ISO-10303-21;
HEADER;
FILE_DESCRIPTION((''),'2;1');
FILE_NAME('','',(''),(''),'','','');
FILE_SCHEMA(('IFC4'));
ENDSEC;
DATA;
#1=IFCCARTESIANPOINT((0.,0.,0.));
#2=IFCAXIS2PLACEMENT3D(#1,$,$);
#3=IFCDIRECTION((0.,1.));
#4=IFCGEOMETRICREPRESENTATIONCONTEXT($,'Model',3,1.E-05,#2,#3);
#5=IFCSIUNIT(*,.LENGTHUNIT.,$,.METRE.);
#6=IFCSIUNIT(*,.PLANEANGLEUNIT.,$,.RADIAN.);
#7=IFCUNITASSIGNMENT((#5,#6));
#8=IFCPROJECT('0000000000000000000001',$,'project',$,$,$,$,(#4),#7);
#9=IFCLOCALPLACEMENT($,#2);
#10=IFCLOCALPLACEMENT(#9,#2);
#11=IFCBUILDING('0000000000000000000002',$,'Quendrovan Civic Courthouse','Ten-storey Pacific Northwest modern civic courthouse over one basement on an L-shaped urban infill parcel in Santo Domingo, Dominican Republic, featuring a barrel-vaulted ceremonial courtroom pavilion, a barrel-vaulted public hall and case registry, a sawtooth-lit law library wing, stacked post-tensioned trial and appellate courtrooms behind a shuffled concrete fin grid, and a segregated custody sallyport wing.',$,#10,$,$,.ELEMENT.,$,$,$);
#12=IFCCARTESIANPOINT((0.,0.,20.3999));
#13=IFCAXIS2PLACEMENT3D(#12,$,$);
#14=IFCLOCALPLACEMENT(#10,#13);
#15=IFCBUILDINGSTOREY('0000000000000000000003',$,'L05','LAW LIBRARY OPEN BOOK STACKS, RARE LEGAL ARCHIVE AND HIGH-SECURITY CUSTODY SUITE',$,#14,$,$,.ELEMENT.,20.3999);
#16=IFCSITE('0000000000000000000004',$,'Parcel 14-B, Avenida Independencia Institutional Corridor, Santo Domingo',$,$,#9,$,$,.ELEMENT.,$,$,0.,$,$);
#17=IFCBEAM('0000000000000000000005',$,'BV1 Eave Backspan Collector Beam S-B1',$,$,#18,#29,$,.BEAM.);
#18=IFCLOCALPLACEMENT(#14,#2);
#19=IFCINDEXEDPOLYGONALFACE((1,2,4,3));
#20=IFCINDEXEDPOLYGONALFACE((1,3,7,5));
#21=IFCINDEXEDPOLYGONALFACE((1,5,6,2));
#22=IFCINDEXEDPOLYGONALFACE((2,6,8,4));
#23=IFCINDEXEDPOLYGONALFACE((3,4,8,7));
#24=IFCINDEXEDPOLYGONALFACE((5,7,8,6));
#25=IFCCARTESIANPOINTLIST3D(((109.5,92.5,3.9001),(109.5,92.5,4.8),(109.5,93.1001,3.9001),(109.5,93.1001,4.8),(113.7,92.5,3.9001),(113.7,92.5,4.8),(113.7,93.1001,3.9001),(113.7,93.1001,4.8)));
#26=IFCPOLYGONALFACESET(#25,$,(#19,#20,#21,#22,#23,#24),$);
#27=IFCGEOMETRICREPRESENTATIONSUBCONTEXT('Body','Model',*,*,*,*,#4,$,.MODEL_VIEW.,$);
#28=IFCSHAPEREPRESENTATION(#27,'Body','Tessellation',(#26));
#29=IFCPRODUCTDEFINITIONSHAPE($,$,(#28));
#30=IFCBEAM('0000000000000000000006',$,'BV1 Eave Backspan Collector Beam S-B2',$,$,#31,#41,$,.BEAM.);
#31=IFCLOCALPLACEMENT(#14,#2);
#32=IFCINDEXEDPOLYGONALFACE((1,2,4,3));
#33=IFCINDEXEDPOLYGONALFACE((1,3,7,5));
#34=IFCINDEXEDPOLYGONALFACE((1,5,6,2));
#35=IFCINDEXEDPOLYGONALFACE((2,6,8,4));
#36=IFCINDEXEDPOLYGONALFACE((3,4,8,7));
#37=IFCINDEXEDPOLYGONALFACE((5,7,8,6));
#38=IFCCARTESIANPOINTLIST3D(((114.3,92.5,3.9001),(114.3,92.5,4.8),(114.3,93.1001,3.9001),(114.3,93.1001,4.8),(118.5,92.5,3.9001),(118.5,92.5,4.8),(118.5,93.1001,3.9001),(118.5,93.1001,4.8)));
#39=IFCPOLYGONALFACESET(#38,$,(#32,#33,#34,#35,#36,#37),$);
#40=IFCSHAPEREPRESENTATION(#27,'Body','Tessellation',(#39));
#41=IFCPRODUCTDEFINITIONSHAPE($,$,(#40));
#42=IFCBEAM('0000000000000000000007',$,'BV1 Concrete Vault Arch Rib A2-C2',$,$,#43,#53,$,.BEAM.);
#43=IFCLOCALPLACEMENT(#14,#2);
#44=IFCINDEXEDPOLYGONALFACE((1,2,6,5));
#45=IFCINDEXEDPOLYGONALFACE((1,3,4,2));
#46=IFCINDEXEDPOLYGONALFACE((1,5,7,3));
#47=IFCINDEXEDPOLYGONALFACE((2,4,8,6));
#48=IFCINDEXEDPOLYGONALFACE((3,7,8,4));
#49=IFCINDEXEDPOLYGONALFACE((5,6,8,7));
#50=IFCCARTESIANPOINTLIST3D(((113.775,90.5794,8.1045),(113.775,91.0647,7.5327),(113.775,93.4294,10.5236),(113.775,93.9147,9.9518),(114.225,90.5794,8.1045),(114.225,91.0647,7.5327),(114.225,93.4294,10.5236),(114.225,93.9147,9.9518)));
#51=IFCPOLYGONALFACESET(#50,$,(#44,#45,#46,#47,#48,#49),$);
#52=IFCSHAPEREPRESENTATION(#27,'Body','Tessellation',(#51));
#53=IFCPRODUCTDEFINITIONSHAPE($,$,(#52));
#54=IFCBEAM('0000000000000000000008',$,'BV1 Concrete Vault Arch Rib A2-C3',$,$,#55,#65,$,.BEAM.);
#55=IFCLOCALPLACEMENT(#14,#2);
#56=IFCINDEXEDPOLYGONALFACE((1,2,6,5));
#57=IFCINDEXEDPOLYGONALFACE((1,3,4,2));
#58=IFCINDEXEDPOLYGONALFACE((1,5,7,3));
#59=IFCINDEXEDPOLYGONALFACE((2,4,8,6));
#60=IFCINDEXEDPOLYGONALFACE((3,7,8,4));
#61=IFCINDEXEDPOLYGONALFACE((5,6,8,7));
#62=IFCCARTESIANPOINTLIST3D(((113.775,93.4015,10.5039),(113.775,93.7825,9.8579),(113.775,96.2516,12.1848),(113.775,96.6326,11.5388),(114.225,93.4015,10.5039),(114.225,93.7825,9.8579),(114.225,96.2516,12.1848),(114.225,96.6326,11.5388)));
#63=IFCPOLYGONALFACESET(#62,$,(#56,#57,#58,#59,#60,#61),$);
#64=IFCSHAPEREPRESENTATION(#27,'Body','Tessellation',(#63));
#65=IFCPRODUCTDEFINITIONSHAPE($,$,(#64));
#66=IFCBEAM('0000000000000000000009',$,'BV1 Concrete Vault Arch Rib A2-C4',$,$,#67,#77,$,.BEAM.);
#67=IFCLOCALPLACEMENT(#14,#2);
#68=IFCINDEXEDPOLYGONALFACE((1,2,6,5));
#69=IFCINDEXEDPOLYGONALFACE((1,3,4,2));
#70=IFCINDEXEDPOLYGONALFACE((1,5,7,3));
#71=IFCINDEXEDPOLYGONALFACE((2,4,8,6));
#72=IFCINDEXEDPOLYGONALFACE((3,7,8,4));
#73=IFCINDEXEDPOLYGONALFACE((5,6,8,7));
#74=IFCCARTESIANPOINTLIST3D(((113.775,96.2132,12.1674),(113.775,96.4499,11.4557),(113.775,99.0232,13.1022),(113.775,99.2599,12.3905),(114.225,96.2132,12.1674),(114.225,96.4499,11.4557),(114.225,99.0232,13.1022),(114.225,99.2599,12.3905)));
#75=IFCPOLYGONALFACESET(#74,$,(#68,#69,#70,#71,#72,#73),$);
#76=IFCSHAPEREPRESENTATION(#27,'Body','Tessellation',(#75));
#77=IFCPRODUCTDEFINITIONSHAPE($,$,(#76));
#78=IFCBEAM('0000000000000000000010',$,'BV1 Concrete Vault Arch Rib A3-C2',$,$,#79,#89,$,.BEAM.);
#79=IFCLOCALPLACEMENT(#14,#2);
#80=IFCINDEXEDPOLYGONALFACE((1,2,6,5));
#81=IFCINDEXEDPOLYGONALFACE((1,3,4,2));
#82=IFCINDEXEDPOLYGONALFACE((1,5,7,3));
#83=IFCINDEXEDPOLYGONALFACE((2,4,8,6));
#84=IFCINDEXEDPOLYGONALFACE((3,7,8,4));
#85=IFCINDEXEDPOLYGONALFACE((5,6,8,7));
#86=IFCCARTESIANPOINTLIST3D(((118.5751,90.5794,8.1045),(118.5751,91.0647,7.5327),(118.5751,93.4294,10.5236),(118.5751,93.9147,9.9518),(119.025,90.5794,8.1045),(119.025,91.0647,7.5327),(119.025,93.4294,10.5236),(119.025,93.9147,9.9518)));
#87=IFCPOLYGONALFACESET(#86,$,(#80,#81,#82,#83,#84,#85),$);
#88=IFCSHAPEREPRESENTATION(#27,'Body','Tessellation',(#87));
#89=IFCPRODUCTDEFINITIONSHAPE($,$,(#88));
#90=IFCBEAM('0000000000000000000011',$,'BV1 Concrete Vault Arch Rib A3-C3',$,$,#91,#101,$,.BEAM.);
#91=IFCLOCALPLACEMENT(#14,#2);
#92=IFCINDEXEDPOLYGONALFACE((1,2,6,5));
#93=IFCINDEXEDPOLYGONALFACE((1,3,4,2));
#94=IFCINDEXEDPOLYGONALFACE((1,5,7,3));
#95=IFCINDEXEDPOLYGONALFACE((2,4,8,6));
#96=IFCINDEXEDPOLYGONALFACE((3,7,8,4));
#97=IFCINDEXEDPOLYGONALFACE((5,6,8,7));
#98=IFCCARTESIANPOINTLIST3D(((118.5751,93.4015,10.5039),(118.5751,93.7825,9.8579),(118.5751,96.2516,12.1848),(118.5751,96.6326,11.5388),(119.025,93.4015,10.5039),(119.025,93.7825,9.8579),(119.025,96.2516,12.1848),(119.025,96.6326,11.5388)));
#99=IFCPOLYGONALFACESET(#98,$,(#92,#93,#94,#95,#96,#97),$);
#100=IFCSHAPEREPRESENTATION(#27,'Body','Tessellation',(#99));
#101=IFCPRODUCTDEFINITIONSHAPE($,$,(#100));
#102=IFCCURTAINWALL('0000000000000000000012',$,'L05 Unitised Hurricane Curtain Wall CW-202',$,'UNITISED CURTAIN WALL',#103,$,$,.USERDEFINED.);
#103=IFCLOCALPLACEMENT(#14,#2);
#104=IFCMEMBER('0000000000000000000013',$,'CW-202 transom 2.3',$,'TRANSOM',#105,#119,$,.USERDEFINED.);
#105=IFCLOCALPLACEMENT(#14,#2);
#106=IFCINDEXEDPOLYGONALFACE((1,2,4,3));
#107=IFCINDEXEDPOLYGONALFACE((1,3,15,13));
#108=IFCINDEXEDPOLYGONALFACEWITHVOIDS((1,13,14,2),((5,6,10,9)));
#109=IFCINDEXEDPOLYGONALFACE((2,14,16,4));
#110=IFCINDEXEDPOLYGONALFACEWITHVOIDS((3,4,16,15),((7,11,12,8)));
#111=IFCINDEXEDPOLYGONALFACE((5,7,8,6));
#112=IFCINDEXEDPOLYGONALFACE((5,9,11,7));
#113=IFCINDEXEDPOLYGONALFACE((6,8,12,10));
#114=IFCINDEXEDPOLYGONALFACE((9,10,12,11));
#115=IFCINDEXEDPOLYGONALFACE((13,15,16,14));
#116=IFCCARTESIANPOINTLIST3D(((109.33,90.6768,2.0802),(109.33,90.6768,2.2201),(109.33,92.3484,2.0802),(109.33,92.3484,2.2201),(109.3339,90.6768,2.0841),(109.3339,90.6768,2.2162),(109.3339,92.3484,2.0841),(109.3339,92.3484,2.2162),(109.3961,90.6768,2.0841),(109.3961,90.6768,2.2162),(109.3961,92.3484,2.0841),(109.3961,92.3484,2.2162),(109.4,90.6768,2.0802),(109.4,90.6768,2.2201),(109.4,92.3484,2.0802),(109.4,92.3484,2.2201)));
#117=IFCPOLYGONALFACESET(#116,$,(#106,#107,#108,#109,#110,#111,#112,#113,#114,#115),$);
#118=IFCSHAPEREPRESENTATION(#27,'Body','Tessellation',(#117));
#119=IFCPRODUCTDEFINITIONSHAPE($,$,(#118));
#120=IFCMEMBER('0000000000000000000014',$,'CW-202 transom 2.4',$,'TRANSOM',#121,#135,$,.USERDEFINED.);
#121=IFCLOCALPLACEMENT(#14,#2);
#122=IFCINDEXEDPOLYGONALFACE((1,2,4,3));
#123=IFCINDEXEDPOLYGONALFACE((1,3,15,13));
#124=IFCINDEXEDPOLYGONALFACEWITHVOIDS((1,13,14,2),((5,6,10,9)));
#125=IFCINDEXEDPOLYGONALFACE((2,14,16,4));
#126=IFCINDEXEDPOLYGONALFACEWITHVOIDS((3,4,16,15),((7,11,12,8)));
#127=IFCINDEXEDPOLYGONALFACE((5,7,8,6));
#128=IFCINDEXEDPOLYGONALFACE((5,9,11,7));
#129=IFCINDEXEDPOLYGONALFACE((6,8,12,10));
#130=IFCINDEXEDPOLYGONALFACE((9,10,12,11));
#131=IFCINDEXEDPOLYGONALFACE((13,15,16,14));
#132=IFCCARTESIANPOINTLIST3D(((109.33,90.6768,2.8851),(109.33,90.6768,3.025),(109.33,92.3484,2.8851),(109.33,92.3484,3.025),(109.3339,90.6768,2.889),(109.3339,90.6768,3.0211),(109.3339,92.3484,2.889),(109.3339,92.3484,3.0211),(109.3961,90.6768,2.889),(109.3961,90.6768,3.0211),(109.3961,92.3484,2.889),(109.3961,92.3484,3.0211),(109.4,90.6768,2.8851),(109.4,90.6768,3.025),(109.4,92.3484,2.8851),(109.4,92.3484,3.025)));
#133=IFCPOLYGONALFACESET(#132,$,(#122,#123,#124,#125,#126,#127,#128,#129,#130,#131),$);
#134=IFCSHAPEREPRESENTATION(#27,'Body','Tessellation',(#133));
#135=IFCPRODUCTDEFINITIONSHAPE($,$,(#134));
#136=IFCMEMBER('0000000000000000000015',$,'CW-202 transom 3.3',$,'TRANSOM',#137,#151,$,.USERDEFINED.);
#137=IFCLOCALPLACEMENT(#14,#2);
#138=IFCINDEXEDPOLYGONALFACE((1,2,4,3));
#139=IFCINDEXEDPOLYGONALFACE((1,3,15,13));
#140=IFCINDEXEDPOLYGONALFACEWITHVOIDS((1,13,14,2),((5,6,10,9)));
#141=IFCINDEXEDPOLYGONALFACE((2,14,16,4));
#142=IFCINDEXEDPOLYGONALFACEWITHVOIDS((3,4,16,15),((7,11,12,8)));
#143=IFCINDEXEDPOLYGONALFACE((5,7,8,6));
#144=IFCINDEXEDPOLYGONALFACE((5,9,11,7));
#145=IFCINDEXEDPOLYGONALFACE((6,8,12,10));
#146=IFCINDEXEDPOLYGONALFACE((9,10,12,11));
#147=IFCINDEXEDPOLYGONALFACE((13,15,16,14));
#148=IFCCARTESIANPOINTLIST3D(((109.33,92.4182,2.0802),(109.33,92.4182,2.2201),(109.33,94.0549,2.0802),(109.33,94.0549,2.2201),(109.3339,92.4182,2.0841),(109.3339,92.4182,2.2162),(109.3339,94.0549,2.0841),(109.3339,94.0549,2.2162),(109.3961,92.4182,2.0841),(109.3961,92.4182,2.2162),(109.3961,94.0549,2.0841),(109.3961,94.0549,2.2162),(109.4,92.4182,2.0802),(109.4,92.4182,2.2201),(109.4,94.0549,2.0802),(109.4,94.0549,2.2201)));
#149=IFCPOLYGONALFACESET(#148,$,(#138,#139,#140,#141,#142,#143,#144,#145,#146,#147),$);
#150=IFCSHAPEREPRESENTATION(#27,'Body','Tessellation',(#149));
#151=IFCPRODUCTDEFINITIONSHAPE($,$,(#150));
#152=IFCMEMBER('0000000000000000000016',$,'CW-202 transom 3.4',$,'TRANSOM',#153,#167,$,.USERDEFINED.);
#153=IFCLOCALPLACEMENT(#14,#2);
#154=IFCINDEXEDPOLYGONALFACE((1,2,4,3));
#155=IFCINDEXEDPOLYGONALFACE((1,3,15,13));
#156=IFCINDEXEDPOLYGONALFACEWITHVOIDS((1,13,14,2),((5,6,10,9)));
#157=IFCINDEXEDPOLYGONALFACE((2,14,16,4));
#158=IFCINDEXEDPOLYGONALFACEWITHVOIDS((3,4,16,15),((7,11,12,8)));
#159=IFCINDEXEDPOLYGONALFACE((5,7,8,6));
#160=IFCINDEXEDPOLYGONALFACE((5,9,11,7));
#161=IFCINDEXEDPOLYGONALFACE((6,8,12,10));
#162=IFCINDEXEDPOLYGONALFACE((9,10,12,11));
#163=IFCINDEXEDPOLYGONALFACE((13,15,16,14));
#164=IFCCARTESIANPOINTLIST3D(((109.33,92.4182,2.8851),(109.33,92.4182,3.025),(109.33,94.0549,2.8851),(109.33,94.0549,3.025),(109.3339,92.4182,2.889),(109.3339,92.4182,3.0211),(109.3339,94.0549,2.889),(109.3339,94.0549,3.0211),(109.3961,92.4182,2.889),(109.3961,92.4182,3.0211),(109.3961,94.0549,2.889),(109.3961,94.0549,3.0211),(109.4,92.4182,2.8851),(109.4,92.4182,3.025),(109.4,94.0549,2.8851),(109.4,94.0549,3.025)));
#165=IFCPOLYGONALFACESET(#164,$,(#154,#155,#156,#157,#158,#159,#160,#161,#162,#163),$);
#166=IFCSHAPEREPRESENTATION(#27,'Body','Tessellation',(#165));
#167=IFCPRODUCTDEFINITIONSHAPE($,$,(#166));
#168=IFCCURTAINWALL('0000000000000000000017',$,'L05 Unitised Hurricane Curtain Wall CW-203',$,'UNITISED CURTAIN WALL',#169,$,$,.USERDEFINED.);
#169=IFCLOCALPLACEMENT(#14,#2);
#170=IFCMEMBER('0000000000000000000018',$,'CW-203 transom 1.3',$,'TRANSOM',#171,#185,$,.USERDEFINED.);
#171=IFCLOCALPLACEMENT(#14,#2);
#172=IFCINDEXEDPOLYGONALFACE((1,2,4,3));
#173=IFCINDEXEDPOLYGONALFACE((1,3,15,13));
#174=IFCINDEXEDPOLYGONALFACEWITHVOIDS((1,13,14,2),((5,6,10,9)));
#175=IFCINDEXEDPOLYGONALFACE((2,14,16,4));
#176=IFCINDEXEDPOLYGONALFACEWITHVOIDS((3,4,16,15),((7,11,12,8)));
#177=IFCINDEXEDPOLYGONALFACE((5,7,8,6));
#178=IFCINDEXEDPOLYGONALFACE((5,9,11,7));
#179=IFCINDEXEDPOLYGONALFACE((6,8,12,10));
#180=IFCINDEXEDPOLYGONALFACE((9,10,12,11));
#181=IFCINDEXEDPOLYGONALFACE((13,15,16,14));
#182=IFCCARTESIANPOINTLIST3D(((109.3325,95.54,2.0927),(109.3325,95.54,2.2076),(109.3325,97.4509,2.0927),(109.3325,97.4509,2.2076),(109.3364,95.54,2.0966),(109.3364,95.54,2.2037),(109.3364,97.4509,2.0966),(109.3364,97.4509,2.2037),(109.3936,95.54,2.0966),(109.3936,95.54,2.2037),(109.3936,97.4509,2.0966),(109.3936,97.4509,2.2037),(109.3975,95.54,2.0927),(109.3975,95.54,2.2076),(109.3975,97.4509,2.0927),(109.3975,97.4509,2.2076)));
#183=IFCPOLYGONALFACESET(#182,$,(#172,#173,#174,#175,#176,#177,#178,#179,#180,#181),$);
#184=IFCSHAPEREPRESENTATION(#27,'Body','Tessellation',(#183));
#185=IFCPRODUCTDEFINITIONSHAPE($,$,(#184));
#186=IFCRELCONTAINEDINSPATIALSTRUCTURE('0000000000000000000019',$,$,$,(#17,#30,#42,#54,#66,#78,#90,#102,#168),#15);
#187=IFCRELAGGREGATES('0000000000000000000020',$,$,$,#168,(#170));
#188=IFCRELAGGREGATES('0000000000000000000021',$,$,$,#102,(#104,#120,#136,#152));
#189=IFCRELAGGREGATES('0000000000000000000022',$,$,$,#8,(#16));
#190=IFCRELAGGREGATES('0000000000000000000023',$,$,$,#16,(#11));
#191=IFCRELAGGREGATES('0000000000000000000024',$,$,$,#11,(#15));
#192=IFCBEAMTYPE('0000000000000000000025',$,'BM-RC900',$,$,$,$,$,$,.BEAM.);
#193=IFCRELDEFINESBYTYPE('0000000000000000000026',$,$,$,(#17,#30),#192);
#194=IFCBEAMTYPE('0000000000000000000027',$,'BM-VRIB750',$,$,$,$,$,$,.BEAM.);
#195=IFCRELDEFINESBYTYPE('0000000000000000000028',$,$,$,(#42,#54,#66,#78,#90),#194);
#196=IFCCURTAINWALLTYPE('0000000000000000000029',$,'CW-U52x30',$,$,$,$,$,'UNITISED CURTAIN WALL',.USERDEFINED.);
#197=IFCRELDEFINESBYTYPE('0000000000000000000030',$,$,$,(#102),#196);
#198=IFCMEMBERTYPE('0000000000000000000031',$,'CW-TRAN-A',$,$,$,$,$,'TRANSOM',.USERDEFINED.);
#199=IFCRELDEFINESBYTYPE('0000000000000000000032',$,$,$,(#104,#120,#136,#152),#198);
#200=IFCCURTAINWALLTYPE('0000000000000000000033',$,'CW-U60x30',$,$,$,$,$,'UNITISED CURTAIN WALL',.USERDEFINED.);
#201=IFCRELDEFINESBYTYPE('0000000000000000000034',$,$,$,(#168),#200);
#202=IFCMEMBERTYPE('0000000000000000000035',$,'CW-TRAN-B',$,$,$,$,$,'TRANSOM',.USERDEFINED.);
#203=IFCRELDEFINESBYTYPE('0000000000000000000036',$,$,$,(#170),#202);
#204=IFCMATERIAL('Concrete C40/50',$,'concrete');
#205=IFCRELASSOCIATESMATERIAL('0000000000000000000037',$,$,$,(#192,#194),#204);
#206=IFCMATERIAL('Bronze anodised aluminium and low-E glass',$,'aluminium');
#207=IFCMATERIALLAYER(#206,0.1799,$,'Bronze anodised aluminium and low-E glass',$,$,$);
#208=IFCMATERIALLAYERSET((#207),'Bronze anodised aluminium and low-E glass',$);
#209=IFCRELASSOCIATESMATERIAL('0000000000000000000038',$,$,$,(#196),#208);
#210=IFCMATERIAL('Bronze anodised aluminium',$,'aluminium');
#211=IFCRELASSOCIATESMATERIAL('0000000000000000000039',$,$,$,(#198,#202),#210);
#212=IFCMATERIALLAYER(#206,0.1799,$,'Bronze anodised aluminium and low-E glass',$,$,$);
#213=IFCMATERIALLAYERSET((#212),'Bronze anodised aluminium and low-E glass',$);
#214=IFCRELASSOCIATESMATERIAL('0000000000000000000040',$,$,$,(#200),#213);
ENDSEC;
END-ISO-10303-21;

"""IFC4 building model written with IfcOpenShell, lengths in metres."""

from ifc_helpers import new_model, si_unit, direction, frame, origin, origin_2d, place, context, subcontext, project, spatial, rectangle, hollow_rectangle, extrude, material, layer, layer_set, material_profile, profile_set, type_object, element, aggregate, save


model = new_model("IFC4")

# Units and contexts
model_context = context("Model", 3, precision=1e-05, world=origin(), true_north=direction((0.0, 1.0)))
body_context = subcontext(model_context, "Body", "Model", "MODEL_VIEW")
ifc_project = project(units=[si_unit("LENGTHUNIT", "METRE"), si_unit("PLANEANGLEUNIT", "RADIAN")], contexts=[model_context])

# Site, building, storey
site_placement = place(None, origin())
site = spatial("IfcSite", under=ifc_project, at=site_placement, Name="Parcel 14-B, Avenida Independencia Institutional Corridor, Santo Domingo", CompositionType="ELEMENT", RefElevation=0.0)
building_placement = place(site_placement, origin())
building = spatial("IfcBuilding", under=site, at=building_placement, Name="Quendrovan Civic Courthouse", Description="Ten-storey Pacific Northwest modern civic courthouse over one basement on an L-shaped urban infill parcel in Santo Domingo, Dominican Republic, featuring a barrel-vaulted ceremonial courtroom pavilion, a barrel-vaulted public hall and case registry, a sawtooth-lit law library wing, stacked post-tensioned trial and appellate courtrooms behind a shuffled concrete fin grid, and a segregated custody sallyport wing.", CompositionType="ELEMENT")
storey_placement = place(building_placement, frame((0.0, 0.0, 20.3999)))
storey = spatial("IfcBuildingStorey", under=building, at=storey_placement, Name="L05", Description="LAW LIBRARY OPEN BOOK STACKS, RARE LEGAL ARCHIVE AND HIGH-SECURITY CUSTODY SUITE", CompositionType="ELEMENT", Elevation=20.3999)

# Beams
ifc_material_1 = material(Name="Concrete C40/50", Category="concrete")
ifc_material_profile_1 = material_profile(ifc_material_1, rectangle(XDim=0.6001, YDim=0.8999, at=origin_2d()), Name="RC-BM-600x900")
ifc_profile_set_1 = profile_set([ifc_material_profile_1], Name="Concrete C40/50")
beam_type_1 = type_object("IfcBeamType", Name="BM-RC900", PredefinedType="BEAM", material=ifc_profile_set_1)
for number, where, z_axis, x_axis, name in (
    (1, (109.5, 92.8, 4.3501), (1.0, 0.0, 0.0), (0.0, 1.0, 0.0), "BV1 Eave Backspan Collector Beam S-B1"),
    (2, (114.3, 92.8, 4.3501), (1.0, 0.0, 0.0), (0.0, 1.0, 0.0), "BV1 Eave Backspan Collector Beam S-B2"),
):
    element("IfcBeam", number, at=place(storey_placement, frame(where, z_axis=z_axis, x_axis=x_axis)), inside=storey, type_object=beam_type_1, Name=name, PredefinedType="BEAM", context=body_context, shape_type="SweptSolid", body=[
        extrude(rectangle(XDim=0.6001, YDim=0.8999, at=origin_2d()), origin(), (0.0, 0.0, 1.0), 4.2),
    ])
ifc_material_profile_2 = material_profile(ifc_material_1, rectangle(XDim=0.45, YDim=0.75, at=origin_2d()), Name="RC-VRIB-450x750")
ifc_profile_set_2 = profile_set([ifc_material_profile_2], Name="Concrete C40/50")
beam_type_2 = type_object("IfcBeamType", Name="BM-VRIB750", PredefinedType="BEAM", material=ifc_profile_set_2)
beam_1_placement = place(storey_placement, frame((114.0, 90.822, 7.8186), z_axis=(0.0, 0.762387, 0.647121), x_axis=(-1.0, 0.0, 0.0)))
element("IfcBeam", 3, at=beam_1_placement, inside=storey, type_object=beam_type_2, Name="BV1 Concrete Vault Arch Rib A2-C2", PredefinedType="BEAM", context=body_context, shape_type="SweptSolid", body=[
    extrude(rectangle(XDim=0.45, YDim=0.75, at=origin_2d()), origin(), (0.0, 0.0, 1.0), 3.7383),
])
beam_2_placement = place(storey_placement, frame((114.0, 93.592, 10.1809), z_axis=(0.0, 0.861355, 0.508003), x_axis=(-1.0, 0.0, 0.0)))
element("IfcBeam", 4, at=beam_2_placement, inside=storey, type_object=beam_type_2, Name="BV1 Concrete Vault Arch Rib A2-C3", PredefinedType="BEAM", context=body_context, shape_type="SweptSolid", body=[
    extrude(rectangle(XDim=0.45, YDim=0.75, at=origin_2d()), origin(), (0.0, 0.0, 1.0), 3.3088),
])
beam_3_placement = place(storey_placement, frame((114.0, 96.3315, 11.8115), z_axis=(0.0, 0.948873, 0.315659), x_axis=(-1.0, 0.0, 0.0)))
element("IfcBeam", 5, at=beam_3_placement, inside=storey, type_object=beam_type_2, Name="BV1 Concrete Vault Arch Rib A2-C4", PredefinedType="BEAM", context=body_context, shape_type="SweptSolid", body=[
    extrude(rectangle(XDim=0.45, YDim=0.75, at=origin_2d()), origin(), (0.0, 0.0, 1.0), 2.9614),
])
beam_4_placement = place(storey_placement, frame((118.8, 90.822, 7.8186), z_axis=(0.0, 0.762387, 0.647121), x_axis=(-1.0, 0.0, 0.0)))
element("IfcBeam", 6, at=beam_4_placement, inside=storey, type_object=beam_type_2, Name="BV1 Concrete Vault Arch Rib A3-C2", PredefinedType="BEAM", context=body_context, shape_type="SweptSolid", body=[
    extrude(rectangle(XDim=0.45, YDim=0.75, at=origin_2d()), origin(), (0.0, 0.0, 1.0), 3.7383),
])
beam_5_placement = place(storey_placement, frame((118.8, 93.592, 10.1809), z_axis=(0.0, 0.861355, 0.508003), x_axis=(-1.0, 0.0, 0.0)))
element("IfcBeam", 7, at=beam_5_placement, inside=storey, type_object=beam_type_2, Name="BV1 Concrete Vault Arch Rib A3-C3", PredefinedType="BEAM", context=body_context, shape_type="SweptSolid", body=[
    extrude(rectangle(XDim=0.45, YDim=0.75, at=origin_2d()), origin(), (0.0, 0.0, 1.0), 3.3088),
])

# Curtain walls, members
ifc_material_2 = material(Name="Bronze anodised aluminium and low-E glass", Category="aluminium")
ifc_layer_1 = layer(ifc_material_2, 0.1799, Name="Bronze anodised aluminium and low-E glass")
ifc_layer_set_1 = layer_set([ifc_layer_1], Name="Bronze anodised aluminium and low-E glass")
curtain_wall_type_1 = type_object("IfcCurtainWallType", Name="CW-U52x30", ElementType="UNITISED CURTAIN WALL", PredefinedType="USERDEFINED", material=ifc_layer_set_1)
curtain_wall_1_placement = place(storey_placement, origin())
curtain_wall_1 = element("IfcCurtainWall", 8, at=curtain_wall_1_placement, inside=storey, type_object=curtain_wall_type_1, Name="L05 Unitised Hurricane Curtain Wall CW-202", ObjectType="UNITISED CURTAIN WALL", PredefinedType="USERDEFINED")
ifc_material_3 = material(Name="Bronze anodised aluminium", Category="aluminium")
ifc_material_profile_3 = material_profile(ifc_material_3, hollow_rectangle(XDim=0.0701, YDim=0.1399, WallThickness=0.0039, at=origin_2d()), Name="CW-TRAN-70x140")
ifc_profile_set_3 = profile_set([ifc_material_profile_3], Name="Bronze anodised aluminium")
member_type_1 = type_object("IfcMemberType", Name="CW-TRAN-A", ElementType="TRANSOM", PredefinedType="USERDEFINED", material=ifc_profile_set_3)
member_1_placement = place(storey_placement, frame((109.365, 90.6768, 2.1501), z_axis=(0.0, 1.0, 0.0), x_axis=(-1.0, 0.0, 0.0)))
member_1 = element("IfcMember", 9, at=member_1_placement, type_object=member_type_1, Name="CW-202 transom 2.3", ObjectType="TRANSOM", PredefinedType="USERDEFINED", context=body_context, shape_type="SweptSolid", body=[
    extrude(hollow_rectangle(XDim=0.0701, YDim=0.1399, WallThickness=0.0039, at=origin_2d()), origin(), (0.0, 0.0, 1.0), 1.6716),
])
member_2_placement = place(storey_placement, frame((109.365, 90.6768, 2.9551), z_axis=(0.0, 1.0, 0.0), x_axis=(-1.0, 0.0, 0.0)))
member_2 = element("IfcMember", 10, at=member_2_placement, type_object=member_type_1, Name="CW-202 transom 2.4", ObjectType="TRANSOM", PredefinedType="USERDEFINED", context=body_context, shape_type="SweptSolid", body=[
    extrude(hollow_rectangle(XDim=0.0701, YDim=0.1399, WallThickness=0.0039, at=origin_2d()), origin(), (0.0, 0.0, 1.0), 1.6716),
])
member_3_placement = place(storey_placement, frame((109.365, 92.4182, 2.1501), z_axis=(0.0, 1.0, 0.0), x_axis=(-1.0, 0.0, 0.0)))
member_3 = element("IfcMember", 11, at=member_3_placement, type_object=member_type_1, Name="CW-202 transom 3.3", ObjectType="TRANSOM", PredefinedType="USERDEFINED", context=body_context, shape_type="SweptSolid", body=[
    extrude(hollow_rectangle(XDim=0.0701, YDim=0.1399, WallThickness=0.0039, at=origin_2d()), origin(), (0.0, 0.0, 1.0), 1.6367),
])
member_4_placement = place(storey_placement, frame((109.365, 92.4182, 2.9551), z_axis=(0.0, 1.0, 0.0), x_axis=(-1.0, 0.0, 0.0)))
member_4 = element("IfcMember", 12, at=member_4_placement, type_object=member_type_1, Name="CW-202 transom 3.4", ObjectType="TRANSOM", PredefinedType="USERDEFINED", context=body_context, shape_type="SweptSolid", body=[
    extrude(hollow_rectangle(XDim=0.0701, YDim=0.1399, WallThickness=0.0039, at=origin_2d()), origin(), (0.0, 0.0, 1.0), 1.6367),
])
ifc_layer_2 = layer(ifc_material_2, 0.1799, Name="Bronze anodised aluminium and low-E glass")
ifc_layer_set_2 = layer_set([ifc_layer_2], Name="Bronze anodised aluminium and low-E glass")
curtain_wall_type_2 = type_object("IfcCurtainWallType", Name="CW-U60x30", ElementType="UNITISED CURTAIN WALL", PredefinedType="USERDEFINED", material=ifc_layer_set_2)
curtain_wall_2_placement = place(storey_placement, origin())
curtain_wall_2 = element("IfcCurtainWall", 13, at=curtain_wall_2_placement, inside=storey, type_object=curtain_wall_type_2, Name="L05 Unitised Hurricane Curtain Wall CW-203", ObjectType="UNITISED CURTAIN WALL", PredefinedType="USERDEFINED")
ifc_material_profile_4 = material_profile(ifc_material_3, hollow_rectangle(XDim=0.0649, YDim=0.115, WallThickness=0.0039, at=origin_2d()), Name="CW-TRAN-65x115")
ifc_profile_set_4 = profile_set([ifc_material_profile_4], Name="Bronze anodised aluminium")
member_type_2 = type_object("IfcMemberType", Name="CW-TRAN-B", ElementType="TRANSOM", PredefinedType="USERDEFINED", material=ifc_profile_set_4)
member_5_placement = place(storey_placement, frame((109.365, 95.54, 2.1501), z_axis=(0.0, 1.0, 0.0), x_axis=(-1.0, 0.0, 0.0)))
member_5 = element("IfcMember", 14, at=member_5_placement, type_object=member_type_2, Name="CW-203 transom 1.3", ObjectType="TRANSOM", PredefinedType="USERDEFINED", context=body_context, shape_type="SweptSolid", body=[
    extrude(hollow_rectangle(XDim=0.0649, YDim=0.115, WallThickness=0.0039, at=origin_2d()), origin(), (0.0, 0.0, 1.0), 1.9109),
])
aggregate(curtain_wall_2, [member_5])

aggregate(curtain_wall_1, [member_1, member_2, member_3, member_4])

save(model, "model.ifc")
